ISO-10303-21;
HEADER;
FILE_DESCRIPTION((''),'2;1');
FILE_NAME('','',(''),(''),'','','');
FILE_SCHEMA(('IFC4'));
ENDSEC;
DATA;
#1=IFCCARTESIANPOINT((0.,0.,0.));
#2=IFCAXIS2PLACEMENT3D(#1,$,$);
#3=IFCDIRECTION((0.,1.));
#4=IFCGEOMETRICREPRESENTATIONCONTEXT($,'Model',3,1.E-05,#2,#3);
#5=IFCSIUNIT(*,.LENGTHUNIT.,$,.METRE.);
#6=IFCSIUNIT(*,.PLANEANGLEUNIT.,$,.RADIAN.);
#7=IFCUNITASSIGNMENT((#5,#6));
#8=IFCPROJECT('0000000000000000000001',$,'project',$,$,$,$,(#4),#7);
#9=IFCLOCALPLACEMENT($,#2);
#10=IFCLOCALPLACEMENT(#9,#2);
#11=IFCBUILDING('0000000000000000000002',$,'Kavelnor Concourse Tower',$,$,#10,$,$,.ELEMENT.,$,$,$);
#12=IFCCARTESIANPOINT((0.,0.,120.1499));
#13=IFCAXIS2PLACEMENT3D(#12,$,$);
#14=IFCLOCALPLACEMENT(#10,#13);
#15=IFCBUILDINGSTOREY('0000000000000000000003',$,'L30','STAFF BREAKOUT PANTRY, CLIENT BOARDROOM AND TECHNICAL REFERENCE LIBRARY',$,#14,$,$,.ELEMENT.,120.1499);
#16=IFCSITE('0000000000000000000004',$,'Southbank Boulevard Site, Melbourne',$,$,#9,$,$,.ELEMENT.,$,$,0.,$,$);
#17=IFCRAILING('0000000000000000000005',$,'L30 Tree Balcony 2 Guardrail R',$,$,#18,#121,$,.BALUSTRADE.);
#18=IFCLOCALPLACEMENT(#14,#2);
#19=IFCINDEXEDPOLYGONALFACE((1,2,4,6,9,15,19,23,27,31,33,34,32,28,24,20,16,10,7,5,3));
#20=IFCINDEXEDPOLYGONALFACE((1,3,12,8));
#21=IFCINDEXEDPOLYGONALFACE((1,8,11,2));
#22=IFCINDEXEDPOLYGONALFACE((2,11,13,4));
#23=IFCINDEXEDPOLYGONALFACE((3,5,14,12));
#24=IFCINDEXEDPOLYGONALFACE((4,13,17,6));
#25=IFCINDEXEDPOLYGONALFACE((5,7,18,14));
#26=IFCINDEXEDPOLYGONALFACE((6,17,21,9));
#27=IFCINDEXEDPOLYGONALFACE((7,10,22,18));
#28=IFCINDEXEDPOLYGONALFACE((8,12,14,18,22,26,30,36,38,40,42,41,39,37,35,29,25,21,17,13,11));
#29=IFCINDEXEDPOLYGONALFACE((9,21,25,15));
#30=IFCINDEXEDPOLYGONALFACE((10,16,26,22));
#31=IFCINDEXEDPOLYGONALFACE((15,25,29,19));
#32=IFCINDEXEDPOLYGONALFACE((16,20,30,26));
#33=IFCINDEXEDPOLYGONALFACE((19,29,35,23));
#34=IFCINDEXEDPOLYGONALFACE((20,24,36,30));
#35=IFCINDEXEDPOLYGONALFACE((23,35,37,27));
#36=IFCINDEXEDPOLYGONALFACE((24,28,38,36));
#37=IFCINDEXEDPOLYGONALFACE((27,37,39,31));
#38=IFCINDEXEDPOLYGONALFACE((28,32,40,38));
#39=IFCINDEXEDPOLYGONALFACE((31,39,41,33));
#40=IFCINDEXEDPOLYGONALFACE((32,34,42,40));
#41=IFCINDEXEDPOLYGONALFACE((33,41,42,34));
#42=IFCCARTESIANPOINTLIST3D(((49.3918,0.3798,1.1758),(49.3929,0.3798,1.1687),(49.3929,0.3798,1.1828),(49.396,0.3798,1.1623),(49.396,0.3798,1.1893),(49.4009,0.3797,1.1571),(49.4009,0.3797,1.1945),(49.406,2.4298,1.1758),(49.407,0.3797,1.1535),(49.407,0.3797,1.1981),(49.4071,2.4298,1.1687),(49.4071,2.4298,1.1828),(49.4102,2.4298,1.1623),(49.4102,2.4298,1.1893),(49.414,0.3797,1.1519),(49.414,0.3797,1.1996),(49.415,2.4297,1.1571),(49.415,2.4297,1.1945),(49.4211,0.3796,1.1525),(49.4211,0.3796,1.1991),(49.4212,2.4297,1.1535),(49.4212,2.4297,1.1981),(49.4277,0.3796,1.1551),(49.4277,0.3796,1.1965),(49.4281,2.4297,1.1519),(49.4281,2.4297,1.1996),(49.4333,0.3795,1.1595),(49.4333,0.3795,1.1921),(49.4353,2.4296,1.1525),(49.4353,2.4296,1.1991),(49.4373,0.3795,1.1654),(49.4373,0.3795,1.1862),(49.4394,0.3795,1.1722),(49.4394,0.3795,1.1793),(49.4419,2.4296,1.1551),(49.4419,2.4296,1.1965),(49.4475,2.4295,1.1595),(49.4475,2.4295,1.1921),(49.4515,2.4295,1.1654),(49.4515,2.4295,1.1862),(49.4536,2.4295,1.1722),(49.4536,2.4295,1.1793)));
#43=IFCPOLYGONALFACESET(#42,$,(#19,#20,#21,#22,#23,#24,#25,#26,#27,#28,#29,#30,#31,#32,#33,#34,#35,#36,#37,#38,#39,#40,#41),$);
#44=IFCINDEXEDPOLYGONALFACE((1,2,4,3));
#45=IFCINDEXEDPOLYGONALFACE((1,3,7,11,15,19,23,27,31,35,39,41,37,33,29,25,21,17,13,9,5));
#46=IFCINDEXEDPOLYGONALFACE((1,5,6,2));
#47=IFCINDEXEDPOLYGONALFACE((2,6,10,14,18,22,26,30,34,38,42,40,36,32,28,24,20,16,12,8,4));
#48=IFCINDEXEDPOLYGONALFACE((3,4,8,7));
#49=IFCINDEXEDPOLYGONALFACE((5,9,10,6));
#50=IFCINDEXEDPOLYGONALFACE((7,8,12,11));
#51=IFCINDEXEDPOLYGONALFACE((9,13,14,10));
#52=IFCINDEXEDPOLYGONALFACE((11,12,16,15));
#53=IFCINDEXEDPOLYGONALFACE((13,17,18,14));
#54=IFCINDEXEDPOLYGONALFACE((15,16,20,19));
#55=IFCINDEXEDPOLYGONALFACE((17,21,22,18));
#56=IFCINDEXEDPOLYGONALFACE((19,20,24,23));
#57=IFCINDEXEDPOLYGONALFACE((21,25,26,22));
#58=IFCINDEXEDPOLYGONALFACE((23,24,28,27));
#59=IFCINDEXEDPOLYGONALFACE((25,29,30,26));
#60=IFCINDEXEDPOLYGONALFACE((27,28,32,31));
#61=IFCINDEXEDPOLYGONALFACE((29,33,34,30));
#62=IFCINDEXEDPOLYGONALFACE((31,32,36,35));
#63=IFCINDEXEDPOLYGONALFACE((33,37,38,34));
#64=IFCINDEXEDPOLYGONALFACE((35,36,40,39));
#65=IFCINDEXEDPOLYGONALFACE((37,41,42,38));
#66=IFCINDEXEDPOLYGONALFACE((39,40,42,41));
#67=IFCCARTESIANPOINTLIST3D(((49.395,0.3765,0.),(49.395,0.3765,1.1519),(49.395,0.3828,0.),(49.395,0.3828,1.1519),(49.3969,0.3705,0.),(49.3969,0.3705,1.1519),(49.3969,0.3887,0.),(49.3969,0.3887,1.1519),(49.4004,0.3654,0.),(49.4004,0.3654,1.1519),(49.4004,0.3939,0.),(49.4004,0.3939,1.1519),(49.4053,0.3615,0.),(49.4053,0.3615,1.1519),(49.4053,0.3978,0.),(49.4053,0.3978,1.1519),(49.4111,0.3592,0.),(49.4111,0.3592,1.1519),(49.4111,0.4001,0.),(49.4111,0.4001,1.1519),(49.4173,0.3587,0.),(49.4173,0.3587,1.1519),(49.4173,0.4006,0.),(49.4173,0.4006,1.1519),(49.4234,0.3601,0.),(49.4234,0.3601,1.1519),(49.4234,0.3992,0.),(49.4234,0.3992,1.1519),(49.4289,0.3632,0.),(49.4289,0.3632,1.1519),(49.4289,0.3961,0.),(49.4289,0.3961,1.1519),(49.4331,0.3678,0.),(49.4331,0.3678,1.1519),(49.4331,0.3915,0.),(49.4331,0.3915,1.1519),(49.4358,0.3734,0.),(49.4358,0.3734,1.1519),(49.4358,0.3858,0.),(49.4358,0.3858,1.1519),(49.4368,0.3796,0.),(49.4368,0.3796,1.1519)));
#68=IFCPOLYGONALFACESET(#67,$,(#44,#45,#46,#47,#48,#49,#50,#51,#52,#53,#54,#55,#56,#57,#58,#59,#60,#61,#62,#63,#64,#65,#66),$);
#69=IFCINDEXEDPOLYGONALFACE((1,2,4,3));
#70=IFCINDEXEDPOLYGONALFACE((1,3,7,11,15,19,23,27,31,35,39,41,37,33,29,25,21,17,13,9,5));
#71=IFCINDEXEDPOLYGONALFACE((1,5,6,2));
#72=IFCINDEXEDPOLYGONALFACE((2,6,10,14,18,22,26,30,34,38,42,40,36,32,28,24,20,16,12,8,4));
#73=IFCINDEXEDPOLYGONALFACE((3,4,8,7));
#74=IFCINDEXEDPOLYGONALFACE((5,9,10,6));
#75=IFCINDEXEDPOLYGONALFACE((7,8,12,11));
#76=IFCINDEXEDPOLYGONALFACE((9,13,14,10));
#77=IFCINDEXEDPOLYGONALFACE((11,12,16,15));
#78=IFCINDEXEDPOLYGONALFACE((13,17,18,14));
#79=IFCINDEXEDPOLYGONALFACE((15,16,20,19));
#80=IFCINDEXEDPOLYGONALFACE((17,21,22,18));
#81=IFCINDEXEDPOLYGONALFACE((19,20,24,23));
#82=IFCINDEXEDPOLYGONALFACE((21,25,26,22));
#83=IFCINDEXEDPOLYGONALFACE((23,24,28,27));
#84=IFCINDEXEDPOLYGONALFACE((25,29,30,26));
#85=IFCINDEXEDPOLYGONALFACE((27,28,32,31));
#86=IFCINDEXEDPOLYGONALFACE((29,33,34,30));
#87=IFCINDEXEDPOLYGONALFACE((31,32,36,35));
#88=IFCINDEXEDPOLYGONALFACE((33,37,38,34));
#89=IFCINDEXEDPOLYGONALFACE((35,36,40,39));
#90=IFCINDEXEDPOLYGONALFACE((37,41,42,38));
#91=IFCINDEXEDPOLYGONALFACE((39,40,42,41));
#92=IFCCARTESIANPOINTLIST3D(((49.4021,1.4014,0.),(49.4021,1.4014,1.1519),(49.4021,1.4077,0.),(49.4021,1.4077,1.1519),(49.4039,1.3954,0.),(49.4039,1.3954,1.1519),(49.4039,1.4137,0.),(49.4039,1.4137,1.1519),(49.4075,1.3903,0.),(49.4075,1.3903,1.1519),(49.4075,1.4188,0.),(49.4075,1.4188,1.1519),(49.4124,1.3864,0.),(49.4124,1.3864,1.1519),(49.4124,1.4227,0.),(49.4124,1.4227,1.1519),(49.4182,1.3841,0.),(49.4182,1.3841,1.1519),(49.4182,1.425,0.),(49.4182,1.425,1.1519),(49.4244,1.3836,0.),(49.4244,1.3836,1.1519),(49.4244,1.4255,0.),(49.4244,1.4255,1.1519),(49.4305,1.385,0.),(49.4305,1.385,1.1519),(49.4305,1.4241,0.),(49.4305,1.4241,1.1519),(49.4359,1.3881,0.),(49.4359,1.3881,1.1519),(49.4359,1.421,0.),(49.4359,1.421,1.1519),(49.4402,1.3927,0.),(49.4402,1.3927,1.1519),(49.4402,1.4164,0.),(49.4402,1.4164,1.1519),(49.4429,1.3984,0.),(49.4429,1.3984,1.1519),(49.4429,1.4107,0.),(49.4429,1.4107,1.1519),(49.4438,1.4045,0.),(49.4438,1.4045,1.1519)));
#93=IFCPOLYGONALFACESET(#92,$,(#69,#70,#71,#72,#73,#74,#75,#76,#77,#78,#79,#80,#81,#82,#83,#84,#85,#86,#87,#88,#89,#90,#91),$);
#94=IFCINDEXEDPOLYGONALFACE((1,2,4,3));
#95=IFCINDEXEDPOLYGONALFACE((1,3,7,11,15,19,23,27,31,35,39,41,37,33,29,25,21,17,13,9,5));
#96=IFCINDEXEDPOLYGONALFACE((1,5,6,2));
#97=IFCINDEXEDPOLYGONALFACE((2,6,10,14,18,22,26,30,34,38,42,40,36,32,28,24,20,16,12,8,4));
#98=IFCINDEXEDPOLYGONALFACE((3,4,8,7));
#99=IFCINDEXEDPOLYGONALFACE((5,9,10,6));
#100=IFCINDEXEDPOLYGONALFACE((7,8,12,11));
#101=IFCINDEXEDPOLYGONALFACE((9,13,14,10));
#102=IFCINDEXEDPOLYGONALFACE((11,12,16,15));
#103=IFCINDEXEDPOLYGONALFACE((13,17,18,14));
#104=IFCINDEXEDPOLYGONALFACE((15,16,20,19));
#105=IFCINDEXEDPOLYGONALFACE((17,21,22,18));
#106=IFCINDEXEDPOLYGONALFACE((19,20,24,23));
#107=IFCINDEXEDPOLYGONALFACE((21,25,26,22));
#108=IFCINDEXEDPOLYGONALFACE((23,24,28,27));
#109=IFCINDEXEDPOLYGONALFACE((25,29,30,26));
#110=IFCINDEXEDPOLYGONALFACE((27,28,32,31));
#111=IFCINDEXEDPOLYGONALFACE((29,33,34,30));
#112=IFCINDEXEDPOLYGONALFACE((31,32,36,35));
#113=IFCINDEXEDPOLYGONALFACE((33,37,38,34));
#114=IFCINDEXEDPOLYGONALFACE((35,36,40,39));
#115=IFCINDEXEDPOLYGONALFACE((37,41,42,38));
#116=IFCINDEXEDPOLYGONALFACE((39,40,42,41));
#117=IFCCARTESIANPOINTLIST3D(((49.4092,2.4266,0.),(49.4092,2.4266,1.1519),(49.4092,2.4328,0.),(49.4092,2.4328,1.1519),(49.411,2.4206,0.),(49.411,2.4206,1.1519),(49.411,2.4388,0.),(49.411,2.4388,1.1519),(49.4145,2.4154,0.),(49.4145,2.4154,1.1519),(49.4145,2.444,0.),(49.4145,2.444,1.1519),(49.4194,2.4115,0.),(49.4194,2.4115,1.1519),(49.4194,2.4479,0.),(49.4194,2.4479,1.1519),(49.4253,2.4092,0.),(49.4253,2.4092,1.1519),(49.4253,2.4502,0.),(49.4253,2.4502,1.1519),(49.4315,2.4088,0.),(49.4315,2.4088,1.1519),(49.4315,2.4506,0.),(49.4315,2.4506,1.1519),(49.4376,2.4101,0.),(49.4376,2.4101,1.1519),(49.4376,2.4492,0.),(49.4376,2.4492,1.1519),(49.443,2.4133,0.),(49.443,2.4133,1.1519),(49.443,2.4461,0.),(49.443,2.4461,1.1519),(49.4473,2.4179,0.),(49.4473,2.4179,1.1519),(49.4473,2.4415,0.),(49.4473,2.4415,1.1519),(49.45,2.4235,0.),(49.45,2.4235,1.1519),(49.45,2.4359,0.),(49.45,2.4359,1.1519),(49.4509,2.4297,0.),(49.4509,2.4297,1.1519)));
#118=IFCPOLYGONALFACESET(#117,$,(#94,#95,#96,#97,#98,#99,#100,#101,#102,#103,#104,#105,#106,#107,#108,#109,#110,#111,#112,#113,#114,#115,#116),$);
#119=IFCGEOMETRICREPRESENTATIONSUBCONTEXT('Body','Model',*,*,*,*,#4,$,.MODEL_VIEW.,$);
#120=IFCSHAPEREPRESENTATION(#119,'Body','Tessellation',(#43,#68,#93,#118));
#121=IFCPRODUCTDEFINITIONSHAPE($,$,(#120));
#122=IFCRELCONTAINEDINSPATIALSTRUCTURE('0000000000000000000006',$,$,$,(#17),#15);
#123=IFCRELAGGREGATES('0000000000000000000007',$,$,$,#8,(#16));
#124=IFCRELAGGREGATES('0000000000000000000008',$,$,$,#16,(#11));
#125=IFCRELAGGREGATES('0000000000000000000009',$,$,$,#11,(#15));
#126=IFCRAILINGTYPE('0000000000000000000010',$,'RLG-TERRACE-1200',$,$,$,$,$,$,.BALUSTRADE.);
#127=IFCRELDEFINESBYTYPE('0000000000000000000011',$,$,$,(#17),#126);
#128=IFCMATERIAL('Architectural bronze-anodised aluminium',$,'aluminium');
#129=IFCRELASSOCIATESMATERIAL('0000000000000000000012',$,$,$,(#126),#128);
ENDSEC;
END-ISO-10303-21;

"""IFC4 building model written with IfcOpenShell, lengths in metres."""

from ifc_helpers import new_model, si_unit, direction, frame, origin, origin_2d, place, context, subcontext, project, spatial, circle, extrude, material, type_object, element, save


model = new_model("IFC4")

# Units and contexts
model_context = context("Model", 3, precision=1e-05, world=origin(), true_north=direction((0.0, 1.0)))
body_context = subcontext(model_context, "Body", "Model", "MODEL_VIEW")
ifc_project = project(units=[si_unit("LENGTHUNIT", "METRE"), si_unit("PLANEANGLEUNIT", "RADIAN")], contexts=[model_context])

# Site, building, storey
site_placement = place(None, origin())
site = spatial("IfcSite", under=ifc_project, at=site_placement, Name="Southbank Boulevard Site, Melbourne", CompositionType="ELEMENT", RefElevation=0.0)
building_placement = place(site_placement, origin())
building = spatial("IfcBuilding", under=site, at=building_placement, Name="Kavelnor Concourse Tower", CompositionType="ELEMENT")
storey_placement = place(building_placement, frame((0.0, 0.0, 120.1499)))
storey = spatial("IfcBuildingStorey", under=building, at=storey_placement, Name="L30", Description="STAFF BREAKOUT PANTRY, CLIENT BOARDROOM AND TECHNICAL REFERENCE LIBRARY", CompositionType="ELEMENT", Elevation=120.1499)

# Railing
ifc_material_1 = material(Name="Architectural bronze-anodised aluminium", Category="aluminium")
railing_type_1 = type_object("IfcRailingType", Name="RLG-TERRACE-1200", PredefinedType="BALUSTRADE", material=ifc_material_1)
railing_1_placement = place(storey_placement, frame((49.4158, 0.3796, 0.0)))
element("IfcRailing", 1, at=railing_1_placement, inside=storey, type_object=railing_type_1, Name="L30 Tree Balcony 2 Guardrail R", PredefinedType="BALUSTRADE", context=body_context, shape_type="SweptSolid", body=[
    extrude(circle(Radius=0.0239, at=origin_2d()), frame((0.0, 0.0, 1.1758), z_axis=(0.006907, 0.999976, 0.0), x_axis=(-0.999976, 0.006907, 0.0)), (0.0, 0.0, 1.0), 2.05),
    extrude(circle(Radius=0.021, at=origin_2d()), origin(), (0.0, 0.0, 1.0), 1.1519),
    extrude(circle(Radius=0.021, at=origin_2d()), frame((0.0071, 1.0249, 0.0)), (0.0, 0.0, 1.0), 1.1519),
    extrude(circle(Radius=0.021, at=origin_2d()), frame((0.0142, 2.05, 0.0)), (0.0, 0.0, 1.0), 1.1519),
])

save(model, "model.ifc")
